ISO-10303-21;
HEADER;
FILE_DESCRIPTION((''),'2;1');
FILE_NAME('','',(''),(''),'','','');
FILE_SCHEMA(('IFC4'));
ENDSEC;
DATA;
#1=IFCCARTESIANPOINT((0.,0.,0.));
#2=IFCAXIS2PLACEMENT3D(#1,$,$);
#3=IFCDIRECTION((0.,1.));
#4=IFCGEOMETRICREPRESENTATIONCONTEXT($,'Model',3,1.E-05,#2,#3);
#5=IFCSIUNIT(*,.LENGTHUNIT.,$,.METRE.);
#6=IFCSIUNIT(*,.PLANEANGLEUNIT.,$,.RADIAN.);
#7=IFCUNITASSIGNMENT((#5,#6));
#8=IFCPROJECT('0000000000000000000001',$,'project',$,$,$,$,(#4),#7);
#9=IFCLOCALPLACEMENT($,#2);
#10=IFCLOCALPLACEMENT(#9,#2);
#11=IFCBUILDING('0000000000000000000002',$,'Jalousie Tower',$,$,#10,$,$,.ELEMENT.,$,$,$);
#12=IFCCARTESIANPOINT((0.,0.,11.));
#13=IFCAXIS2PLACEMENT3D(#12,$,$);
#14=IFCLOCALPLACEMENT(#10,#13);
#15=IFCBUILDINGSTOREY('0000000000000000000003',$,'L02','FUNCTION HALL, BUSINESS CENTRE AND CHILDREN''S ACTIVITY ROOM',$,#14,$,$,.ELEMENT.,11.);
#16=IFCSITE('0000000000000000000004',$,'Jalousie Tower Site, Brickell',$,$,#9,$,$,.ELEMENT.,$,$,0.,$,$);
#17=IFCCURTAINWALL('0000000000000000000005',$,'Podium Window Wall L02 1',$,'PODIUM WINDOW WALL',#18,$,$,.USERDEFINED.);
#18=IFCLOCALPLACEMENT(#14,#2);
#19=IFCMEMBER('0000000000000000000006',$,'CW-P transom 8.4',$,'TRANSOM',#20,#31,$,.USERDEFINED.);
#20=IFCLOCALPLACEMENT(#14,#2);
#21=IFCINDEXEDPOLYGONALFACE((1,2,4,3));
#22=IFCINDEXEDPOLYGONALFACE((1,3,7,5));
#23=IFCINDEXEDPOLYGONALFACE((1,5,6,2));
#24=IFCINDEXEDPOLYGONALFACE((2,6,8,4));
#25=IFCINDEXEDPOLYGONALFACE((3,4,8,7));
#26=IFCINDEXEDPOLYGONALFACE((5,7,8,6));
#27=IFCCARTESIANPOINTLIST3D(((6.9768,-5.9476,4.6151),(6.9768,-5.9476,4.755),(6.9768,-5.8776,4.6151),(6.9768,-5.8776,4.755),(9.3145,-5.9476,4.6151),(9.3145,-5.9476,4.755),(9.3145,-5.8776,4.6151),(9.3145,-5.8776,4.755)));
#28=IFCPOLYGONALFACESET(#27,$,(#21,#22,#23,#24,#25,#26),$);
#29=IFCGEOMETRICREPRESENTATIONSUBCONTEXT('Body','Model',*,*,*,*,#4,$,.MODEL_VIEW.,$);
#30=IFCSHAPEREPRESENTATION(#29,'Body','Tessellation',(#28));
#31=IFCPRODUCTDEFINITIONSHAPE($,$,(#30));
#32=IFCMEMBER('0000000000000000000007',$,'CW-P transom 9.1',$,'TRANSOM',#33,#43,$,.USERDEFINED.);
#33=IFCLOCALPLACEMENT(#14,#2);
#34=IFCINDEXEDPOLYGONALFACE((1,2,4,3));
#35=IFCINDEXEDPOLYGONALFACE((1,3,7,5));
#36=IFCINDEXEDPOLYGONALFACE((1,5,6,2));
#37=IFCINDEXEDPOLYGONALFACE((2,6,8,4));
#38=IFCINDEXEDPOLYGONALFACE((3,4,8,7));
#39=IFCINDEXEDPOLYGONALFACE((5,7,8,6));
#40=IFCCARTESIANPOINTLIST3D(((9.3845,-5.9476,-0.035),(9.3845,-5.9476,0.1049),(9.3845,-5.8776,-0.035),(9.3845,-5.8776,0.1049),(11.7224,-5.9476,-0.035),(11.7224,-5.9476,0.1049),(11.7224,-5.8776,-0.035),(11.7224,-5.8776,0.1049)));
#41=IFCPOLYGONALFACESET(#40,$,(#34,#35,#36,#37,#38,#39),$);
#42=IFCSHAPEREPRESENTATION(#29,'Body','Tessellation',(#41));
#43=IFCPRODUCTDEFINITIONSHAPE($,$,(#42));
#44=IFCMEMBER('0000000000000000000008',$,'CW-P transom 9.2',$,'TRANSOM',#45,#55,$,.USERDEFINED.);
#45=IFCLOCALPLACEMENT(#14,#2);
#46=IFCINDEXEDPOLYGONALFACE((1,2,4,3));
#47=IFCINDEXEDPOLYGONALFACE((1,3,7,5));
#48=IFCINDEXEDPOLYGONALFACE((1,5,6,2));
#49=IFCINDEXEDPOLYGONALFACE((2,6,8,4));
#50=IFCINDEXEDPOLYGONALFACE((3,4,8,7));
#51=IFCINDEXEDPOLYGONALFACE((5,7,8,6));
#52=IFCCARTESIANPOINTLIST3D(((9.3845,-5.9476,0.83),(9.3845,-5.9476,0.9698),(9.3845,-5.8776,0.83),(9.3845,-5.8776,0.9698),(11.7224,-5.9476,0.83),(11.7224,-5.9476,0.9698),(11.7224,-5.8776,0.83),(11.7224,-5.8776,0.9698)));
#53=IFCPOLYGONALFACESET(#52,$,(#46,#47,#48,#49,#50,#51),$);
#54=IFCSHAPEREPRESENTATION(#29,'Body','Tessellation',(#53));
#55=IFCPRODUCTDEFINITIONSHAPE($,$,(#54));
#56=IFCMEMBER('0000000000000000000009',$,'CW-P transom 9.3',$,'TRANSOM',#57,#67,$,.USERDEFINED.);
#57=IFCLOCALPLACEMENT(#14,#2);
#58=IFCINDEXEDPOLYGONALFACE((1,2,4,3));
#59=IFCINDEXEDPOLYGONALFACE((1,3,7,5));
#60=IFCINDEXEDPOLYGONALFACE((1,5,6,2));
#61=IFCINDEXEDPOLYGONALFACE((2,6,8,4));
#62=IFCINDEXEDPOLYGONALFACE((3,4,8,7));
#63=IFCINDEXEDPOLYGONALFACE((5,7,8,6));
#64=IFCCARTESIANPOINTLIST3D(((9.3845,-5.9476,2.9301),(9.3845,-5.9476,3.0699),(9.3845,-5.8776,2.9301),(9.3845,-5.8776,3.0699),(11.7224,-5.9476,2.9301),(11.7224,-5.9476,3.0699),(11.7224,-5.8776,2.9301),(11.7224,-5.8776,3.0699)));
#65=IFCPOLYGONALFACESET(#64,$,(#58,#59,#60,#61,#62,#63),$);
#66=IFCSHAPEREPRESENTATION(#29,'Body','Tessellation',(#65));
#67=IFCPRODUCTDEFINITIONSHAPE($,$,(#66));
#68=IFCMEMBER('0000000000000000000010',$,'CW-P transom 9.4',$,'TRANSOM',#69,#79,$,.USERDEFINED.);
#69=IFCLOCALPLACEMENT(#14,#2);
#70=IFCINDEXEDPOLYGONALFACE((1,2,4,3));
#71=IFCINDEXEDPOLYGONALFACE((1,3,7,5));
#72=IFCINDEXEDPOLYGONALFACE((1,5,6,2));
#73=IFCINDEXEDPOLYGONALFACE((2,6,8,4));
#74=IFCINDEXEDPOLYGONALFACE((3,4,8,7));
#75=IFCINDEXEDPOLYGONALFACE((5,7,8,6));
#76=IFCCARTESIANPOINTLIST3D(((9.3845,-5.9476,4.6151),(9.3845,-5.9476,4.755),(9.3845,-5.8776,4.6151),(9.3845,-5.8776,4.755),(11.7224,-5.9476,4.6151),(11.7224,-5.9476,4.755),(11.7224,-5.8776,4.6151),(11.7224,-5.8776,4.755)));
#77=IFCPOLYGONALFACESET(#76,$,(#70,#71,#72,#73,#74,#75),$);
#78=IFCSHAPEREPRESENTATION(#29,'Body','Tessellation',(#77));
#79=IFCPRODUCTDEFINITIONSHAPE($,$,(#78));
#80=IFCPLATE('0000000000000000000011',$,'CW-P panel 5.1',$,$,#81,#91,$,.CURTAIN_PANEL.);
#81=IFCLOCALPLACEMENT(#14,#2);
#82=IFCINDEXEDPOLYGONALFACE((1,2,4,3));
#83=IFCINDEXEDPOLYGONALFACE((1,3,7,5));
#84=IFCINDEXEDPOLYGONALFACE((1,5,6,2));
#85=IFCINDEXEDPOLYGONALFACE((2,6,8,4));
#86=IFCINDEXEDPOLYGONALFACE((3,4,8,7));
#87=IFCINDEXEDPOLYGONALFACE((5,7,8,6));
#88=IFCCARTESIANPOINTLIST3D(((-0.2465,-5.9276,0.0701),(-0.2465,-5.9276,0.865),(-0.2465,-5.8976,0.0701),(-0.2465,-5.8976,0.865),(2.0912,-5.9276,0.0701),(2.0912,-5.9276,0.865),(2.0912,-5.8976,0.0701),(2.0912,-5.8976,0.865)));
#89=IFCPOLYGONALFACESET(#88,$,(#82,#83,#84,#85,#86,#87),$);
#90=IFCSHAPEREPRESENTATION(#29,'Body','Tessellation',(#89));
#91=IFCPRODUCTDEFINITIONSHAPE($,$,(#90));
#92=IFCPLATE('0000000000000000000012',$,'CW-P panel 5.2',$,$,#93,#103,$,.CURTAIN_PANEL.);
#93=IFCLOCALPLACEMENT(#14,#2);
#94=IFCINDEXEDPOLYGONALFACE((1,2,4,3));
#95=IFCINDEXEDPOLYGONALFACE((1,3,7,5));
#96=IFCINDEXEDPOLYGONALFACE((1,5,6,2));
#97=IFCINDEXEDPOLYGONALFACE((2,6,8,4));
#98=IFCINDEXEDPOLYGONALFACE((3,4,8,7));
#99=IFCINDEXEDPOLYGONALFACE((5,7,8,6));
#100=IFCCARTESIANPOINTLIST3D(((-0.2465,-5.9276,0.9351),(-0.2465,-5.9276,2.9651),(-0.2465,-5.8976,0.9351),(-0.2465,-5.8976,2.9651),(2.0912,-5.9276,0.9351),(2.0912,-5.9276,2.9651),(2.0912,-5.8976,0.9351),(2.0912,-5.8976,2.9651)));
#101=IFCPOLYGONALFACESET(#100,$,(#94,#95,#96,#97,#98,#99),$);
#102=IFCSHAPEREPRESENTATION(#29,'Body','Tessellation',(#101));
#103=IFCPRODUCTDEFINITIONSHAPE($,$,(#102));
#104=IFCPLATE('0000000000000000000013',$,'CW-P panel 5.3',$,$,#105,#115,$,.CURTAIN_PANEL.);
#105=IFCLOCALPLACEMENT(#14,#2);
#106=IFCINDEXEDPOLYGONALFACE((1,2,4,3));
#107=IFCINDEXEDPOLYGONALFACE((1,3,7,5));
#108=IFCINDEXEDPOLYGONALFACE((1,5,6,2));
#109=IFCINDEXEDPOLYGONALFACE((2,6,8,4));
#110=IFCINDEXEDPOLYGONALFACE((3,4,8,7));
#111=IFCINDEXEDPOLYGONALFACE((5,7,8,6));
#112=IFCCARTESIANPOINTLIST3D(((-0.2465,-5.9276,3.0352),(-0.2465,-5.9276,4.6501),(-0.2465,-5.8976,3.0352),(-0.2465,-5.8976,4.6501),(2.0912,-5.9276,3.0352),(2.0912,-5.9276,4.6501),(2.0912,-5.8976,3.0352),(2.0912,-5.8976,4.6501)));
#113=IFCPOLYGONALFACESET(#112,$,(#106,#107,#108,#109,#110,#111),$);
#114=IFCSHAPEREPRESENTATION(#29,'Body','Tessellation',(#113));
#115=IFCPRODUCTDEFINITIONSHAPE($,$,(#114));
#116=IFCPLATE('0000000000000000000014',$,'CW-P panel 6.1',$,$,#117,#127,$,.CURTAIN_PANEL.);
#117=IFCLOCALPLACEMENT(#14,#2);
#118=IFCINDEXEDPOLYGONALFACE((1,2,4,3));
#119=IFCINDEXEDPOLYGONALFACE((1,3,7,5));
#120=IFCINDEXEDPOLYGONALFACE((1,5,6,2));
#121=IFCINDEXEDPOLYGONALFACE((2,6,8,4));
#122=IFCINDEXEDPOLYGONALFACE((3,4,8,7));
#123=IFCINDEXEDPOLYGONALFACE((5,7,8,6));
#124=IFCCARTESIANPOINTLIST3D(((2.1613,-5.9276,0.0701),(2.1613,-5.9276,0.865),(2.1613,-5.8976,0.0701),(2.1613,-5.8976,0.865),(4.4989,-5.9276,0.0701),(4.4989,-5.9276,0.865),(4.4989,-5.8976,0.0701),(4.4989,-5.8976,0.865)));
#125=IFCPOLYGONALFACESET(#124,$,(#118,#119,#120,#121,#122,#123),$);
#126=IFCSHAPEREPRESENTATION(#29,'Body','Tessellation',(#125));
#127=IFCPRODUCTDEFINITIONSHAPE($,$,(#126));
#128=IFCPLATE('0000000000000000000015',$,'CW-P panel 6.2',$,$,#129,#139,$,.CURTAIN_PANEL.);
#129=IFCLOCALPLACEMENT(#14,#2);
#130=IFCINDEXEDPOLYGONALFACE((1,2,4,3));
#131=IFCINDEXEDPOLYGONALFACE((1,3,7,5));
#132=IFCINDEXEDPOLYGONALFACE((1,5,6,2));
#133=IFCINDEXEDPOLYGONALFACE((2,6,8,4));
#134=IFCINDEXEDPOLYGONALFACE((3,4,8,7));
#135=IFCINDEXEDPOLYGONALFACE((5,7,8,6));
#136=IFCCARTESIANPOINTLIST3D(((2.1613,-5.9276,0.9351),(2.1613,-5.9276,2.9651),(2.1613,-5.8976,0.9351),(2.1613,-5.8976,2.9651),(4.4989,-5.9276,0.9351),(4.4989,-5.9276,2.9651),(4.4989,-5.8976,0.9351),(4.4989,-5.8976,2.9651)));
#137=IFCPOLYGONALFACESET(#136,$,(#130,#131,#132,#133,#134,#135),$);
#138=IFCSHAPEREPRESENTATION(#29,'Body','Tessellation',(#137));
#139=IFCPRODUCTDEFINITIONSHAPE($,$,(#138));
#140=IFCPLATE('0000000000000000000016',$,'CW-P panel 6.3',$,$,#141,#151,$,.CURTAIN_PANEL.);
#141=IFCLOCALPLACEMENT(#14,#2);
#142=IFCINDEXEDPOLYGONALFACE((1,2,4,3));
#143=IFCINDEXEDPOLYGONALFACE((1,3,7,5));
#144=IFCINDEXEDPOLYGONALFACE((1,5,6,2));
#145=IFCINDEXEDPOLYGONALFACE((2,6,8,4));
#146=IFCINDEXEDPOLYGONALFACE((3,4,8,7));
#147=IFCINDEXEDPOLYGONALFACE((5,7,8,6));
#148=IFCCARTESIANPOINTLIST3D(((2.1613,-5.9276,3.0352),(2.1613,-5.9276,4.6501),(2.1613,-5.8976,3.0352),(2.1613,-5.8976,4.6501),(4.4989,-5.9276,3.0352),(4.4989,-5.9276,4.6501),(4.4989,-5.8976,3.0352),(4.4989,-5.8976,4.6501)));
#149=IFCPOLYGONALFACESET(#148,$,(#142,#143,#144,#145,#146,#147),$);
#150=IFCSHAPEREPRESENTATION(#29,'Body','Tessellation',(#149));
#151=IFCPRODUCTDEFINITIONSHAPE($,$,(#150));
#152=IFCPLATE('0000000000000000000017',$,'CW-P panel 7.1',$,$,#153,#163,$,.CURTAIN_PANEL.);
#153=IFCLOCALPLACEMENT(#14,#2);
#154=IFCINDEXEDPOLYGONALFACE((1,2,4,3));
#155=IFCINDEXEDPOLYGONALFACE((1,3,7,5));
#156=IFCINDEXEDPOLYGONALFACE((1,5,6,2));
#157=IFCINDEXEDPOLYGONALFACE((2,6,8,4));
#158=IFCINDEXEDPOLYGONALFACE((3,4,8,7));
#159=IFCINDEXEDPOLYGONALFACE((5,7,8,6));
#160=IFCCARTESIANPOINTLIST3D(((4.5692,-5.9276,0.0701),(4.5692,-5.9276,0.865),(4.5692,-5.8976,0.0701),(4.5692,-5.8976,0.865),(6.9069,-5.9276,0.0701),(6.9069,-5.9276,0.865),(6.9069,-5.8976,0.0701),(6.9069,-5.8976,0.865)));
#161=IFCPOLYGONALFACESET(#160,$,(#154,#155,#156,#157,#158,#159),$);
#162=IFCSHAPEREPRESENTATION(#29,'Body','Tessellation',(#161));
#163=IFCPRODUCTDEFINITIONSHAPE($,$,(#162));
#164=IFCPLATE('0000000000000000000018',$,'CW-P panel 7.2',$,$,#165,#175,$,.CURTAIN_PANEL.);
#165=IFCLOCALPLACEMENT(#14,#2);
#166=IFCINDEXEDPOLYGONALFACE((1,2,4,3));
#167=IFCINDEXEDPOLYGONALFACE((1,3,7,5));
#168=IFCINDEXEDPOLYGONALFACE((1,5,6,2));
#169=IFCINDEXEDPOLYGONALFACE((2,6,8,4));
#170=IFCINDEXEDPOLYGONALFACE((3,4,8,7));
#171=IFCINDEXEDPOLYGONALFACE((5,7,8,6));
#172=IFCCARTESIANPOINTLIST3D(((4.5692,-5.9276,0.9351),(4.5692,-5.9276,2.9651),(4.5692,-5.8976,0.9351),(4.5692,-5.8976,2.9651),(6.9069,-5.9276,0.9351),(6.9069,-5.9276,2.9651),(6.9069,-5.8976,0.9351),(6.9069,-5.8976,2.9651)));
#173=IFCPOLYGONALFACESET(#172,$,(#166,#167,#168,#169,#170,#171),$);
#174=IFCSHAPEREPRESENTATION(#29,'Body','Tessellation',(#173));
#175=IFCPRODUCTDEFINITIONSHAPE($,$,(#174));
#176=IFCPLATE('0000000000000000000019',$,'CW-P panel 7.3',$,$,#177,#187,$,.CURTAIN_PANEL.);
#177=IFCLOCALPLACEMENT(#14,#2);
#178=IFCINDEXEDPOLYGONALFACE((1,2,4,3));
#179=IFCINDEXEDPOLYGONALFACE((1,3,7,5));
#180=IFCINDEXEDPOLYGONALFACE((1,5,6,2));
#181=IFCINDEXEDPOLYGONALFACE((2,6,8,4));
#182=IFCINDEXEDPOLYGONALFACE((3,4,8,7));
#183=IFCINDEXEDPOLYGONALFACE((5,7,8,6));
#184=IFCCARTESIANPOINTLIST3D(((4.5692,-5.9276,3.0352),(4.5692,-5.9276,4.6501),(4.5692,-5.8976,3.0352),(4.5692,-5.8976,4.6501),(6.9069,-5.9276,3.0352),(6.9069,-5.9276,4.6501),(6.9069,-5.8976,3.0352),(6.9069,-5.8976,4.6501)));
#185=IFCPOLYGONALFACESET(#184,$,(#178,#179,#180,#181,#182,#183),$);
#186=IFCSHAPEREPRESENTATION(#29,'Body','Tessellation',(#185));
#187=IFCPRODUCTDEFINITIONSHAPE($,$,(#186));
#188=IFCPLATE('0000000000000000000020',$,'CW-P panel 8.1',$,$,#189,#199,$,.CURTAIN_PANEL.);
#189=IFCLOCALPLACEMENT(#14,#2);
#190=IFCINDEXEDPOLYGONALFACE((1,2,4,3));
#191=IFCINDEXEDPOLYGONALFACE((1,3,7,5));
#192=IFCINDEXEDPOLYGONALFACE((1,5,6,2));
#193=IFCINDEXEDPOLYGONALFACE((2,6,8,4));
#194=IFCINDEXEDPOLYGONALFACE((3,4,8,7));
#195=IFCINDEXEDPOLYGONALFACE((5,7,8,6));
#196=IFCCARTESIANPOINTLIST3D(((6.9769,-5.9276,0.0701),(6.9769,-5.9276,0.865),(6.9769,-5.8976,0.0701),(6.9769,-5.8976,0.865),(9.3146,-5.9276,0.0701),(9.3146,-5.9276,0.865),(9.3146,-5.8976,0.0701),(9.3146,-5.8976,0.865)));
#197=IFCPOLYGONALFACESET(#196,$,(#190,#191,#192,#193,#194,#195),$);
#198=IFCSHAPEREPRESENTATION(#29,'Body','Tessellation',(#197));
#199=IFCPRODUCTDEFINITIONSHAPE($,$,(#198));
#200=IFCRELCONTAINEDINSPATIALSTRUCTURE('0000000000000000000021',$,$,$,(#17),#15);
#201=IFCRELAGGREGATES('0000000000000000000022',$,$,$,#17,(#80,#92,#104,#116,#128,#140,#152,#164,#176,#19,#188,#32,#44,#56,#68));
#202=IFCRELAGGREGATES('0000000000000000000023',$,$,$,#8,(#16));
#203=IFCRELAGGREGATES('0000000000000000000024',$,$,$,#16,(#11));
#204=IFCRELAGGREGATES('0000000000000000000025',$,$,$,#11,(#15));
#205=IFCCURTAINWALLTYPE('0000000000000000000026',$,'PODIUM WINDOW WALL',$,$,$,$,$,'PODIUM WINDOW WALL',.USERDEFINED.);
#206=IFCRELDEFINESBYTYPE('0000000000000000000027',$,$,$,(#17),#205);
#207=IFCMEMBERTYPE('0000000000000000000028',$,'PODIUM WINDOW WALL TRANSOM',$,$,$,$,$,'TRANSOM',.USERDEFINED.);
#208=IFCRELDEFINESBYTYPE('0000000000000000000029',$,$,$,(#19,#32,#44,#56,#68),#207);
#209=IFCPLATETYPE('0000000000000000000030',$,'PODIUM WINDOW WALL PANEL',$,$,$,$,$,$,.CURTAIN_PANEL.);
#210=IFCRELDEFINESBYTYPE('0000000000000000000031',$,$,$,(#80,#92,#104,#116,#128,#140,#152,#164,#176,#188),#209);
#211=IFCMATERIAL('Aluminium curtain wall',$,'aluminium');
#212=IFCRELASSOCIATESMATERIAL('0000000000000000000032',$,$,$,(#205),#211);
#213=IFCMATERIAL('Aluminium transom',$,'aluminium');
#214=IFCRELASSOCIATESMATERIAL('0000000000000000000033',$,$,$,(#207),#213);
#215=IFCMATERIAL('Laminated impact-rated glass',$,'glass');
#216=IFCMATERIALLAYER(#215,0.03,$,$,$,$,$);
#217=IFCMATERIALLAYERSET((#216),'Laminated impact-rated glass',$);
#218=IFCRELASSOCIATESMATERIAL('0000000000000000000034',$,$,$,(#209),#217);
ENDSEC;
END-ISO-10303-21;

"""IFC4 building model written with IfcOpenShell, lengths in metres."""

from ifc_helpers import new_model, si_unit, direction, frame, origin, origin_2d, place, context, subcontext, project, spatial, rectangle, extrude, material, layer, layer_set, material_profile, profile_set, type_object, element, aggregate, save


model = new_model("IFC4")

# Units and contexts
model_context = context("Model", 3, precision=1e-05, world=origin(), true_north=direction((0.0, 1.0)))
body_context = subcontext(model_context, "Body", "Model", "MODEL_VIEW")
ifc_project = project(units=[si_unit("LENGTHUNIT", "METRE"), si_unit("PLANEANGLEUNIT", "RADIAN")], contexts=[model_context])

# Site, building, storey
site_placement = place(None, origin())
site = spatial("IfcSite", under=ifc_project, at=site_placement, Name="Jalousie Tower Site, Brickell", CompositionType="ELEMENT", RefElevation=0.0)
building_placement = place(site_placement, origin())
building = spatial("IfcBuilding", under=site, at=building_placement, Name="Jalousie Tower", CompositionType="ELEMENT")
storey_placement = place(building_placement, frame((0.0, 0.0, 11.0)))
storey = spatial("IfcBuildingStorey", under=building, at=storey_placement, Name="L02", Description="FUNCTION HALL, BUSINESS CENTRE AND CHILDREN'S ACTIVITY ROOM", CompositionType="ELEMENT", Elevation=11.0)

# Curtain wall, members, plates
ifc_material_1 = material(Name="Aluminium curtain wall", Category="aluminium")
curtain_wall_type = type_object("IfcCurtainWallType", Name="PODIUM WINDOW WALL", ElementType="PODIUM WINDOW WALL", PredefinedType="USERDEFINED", material=ifc_material_1)
curtain_wall_placement = place(storey_placement, origin())
curtain_wall = element("IfcCurtainWall", 1, at=curtain_wall_placement, inside=storey, type_object=curtain_wall_type, Name="Podium Window Wall L02 1", ObjectType="PODIUM WINDOW WALL", PredefinedType="USERDEFINED")
ifc_material_2 = material(Name="Aluminium transom", Category="aluminium")
ifc_material_profile_1 = material_profile(ifc_material_2, rectangle(XDim=0.0701, YDim=0.1399, at=origin_2d()), Name="TRANSOM 70x140")
ifc_profile_set_1 = profile_set([ifc_material_profile_1], Name="Aluminium transom")
member_type_1 = type_object("IfcMemberType", Name="PODIUM WINDOW WALL TRANSOM", ElementType="TRANSOM", PredefinedType="USERDEFINED", material=ifc_profile_set_1)
member_1_placement = place(storey_placement, frame((6.9768, -5.9126, 4.6851), z_axis=(1.0, 0.0, 0.0), x_axis=(0.0, 1.0, 0.0)))
member_1 = element("IfcMember", 2, at=member_1_placement, type_object=member_type_1, Name="CW-P transom 8.4", ObjectType="TRANSOM", PredefinedType="USERDEFINED", context=body_context, shape_type="SweptSolid", body=[
    extrude(rectangle(XDim=0.0701, YDim=0.1399, at=origin_2d()), origin(), (0.0, 0.0, 1.0), 2.3376),
])
member_2_placement = place(storey_placement, frame((9.3845, -5.9126, 0.0349), z_axis=(1.0, 0.0, 0.0), x_axis=(0.0, 1.0, 0.0)))
member_2 = element("IfcMember", 3, at=member_2_placement, type_object=member_type_1, Name="CW-P transom 9.1", ObjectType="TRANSOM", PredefinedType="USERDEFINED", context=body_context, shape_type="SweptSolid", body=[
    extrude(rectangle(XDim=0.0701, YDim=0.1399, at=origin_2d()), origin(), (0.0, 0.0, 1.0), 2.3379),
])
member_3_placement = place(storey_placement, frame((9.3845, -5.9126, 0.8999), z_axis=(1.0, 0.0, 0.0), x_axis=(0.0, 1.0, 0.0)))
member_3 = element("IfcMember", 4, at=member_3_placement, type_object=member_type_1, Name="CW-P transom 9.2", ObjectType="TRANSOM", PredefinedType="USERDEFINED", context=body_context, shape_type="SweptSolid", body=[
    extrude(rectangle(XDim=0.0701, YDim=0.1399, at=origin_2d()), origin(), (0.0, 0.0, 1.0), 2.3379),
])
member_4_placement = place(storey_placement, frame((9.3845, -5.9126, 3.0), z_axis=(1.0, 0.0, 0.0), x_axis=(0.0, 1.0, 0.0)))
member_4 = element("IfcMember", 5, at=member_4_placement, type_object=member_type_1, Name="CW-P transom 9.3", ObjectType="TRANSOM", PredefinedType="USERDEFINED", context=body_context, shape_type="SweptSolid", body=[
    extrude(rectangle(XDim=0.0701, YDim=0.1399, at=origin_2d()), origin(), (0.0, 0.0, 1.0), 2.3379),
])
member_5_placement = place(storey_placement, frame((9.3845, -5.9126, 4.6851), z_axis=(1.0, 0.0, 0.0), x_axis=(0.0, 1.0, 0.0)))
member_5 = element("IfcMember", 6, at=member_5_placement, type_object=member_type_1, Name="CW-P transom 9.4", ObjectType="TRANSOM", PredefinedType="USERDEFINED", context=body_context, shape_type="SweptSolid", body=[
    extrude(rectangle(XDim=0.0701, YDim=0.1399, at=origin_2d()), origin(), (0.0, 0.0, 1.0), 2.3379),
])
ifc_material_3 = material(Name="Laminated impact-rated glass", Category="glass")
ifc_layer = layer(ifc_material_3, 0.03)
ifc_layer_set = layer_set([ifc_layer], Name="Laminated impact-rated glass")
plate_type = type_object("IfcPlateType", Name="PODIUM WINDOW WALL PANEL", PredefinedType="CURTAIN_PANEL", material=ifc_layer_set)
plate_1_placement = place(storey_placement, frame((0.9224, -5.9126, 0.0701), z_axis=(0.0, 0.0, 1.0), x_axis=(1.0, 0.0, 0.0)))
plate_1 = element("IfcPlate", 7, at=plate_1_placement, type_object=plate_type, Name="CW-P panel 5.1", PredefinedType="CURTAIN_PANEL", context=body_context, shape_type="SweptSolid", body=[
    extrude(rectangle(XDim=2.3376, YDim=0.03, at=origin_2d()), origin(), (0.0, 0.0, 1.0), 0.7949),
])
plate_2_placement = place(storey_placement, frame((0.9224, -5.9126, 0.9351), z_axis=(0.0, 0.0, 1.0), x_axis=(1.0, 0.0, 0.0)))
plate_2 = element("IfcPlate", 8, at=plate_2_placement, type_object=plate_type, Name="CW-P panel 5.2", PredefinedType="CURTAIN_PANEL", context=body_context, shape_type="SweptSolid", body=[
    extrude(rectangle(XDim=2.3376, YDim=0.03, at=origin_2d()), origin(), (0.0, 0.0, 1.0), 2.03),
])
plate_3_placement = place(storey_placement, frame((0.9224, -5.9126, 3.0352), z_axis=(0.0, 0.0, 1.0), x_axis=(1.0, 0.0, 0.0)))
plate_3 = element("IfcPlate", 9, at=plate_3_placement, type_object=plate_type, Name="CW-P panel 5.3", PredefinedType="CURTAIN_PANEL", context=body_context, shape_type="SweptSolid", body=[
    extrude(rectangle(XDim=2.3376, YDim=0.03, at=origin_2d()), origin(), (0.0, 0.0, 1.0), 1.615),
])
plate_4_placement = place(storey_placement, frame((3.3301, -5.9126, 0.0701), z_axis=(0.0, 0.0, 1.0), x_axis=(1.0, 0.0, 0.0)))
plate_4 = element("IfcPlate", 10, at=plate_4_placement, type_object=plate_type, Name="CW-P panel 6.1", PredefinedType="CURTAIN_PANEL", context=body_context, shape_type="SweptSolid", body=[
    extrude(rectangle(XDim=2.3376, YDim=0.03, at=origin_2d()), origin(), (0.0, 0.0, 1.0), 0.7949),
])
plate_5_placement = place(storey_placement, frame((3.3301, -5.9126, 0.9351), z_axis=(0.0, 0.0, 1.0), x_axis=(1.0, 0.0, 0.0)))
plate_5 = element("IfcPlate", 11, at=plate_5_placement, type_object=plate_type, Name="CW-P panel 6.2", PredefinedType="CURTAIN_PANEL", context=body_context, shape_type="SweptSolid", body=[
    extrude(rectangle(XDim=2.3376, YDim=0.03, at=origin_2d()), origin(), (0.0, 0.0, 1.0), 2.03),
])
plate_6_placement = place(storey_placement, frame((3.3301, -5.9126, 3.0352), z_axis=(0.0, 0.0, 1.0), x_axis=(1.0, 0.0, 0.0)))
plate_6 = element("IfcPlate", 12, at=plate_6_placement, type_object=plate_type, Name="CW-P panel 6.3", PredefinedType="CURTAIN_PANEL", context=body_context, shape_type="SweptSolid", body=[
    extrude(rectangle(XDim=2.3376, YDim=0.03, at=origin_2d()), origin(), (0.0, 0.0, 1.0), 1.615),
])
plate_7_placement = place(storey_placement, frame((5.738, -5.9126, 0.0701), z_axis=(0.0, 0.0, 1.0), x_axis=(1.0, 0.0, 0.0)))
plate_7 = element("IfcPlate", 13, at=plate_7_placement, type_object=plate_type, Name="CW-P panel 7.1", PredefinedType="CURTAIN_PANEL", context=body_context, shape_type="SweptSolid", body=[
    extrude(rectangle(XDim=2.3376, YDim=0.03, at=origin_2d()), origin(), (0.0, 0.0, 1.0), 0.7949),
])
plate_8_placement = place(storey_placement, frame((5.738, -5.9126, 0.9351), z_axis=(0.0, 0.0, 1.0), x_axis=(1.0, 0.0, 0.0)))
plate_8 = element("IfcPlate", 14, at=plate_8_placement, type_object=plate_type, Name="CW-P panel 7.2", PredefinedType="CURTAIN_PANEL", context=body_context, shape_type="SweptSolid", body=[
    extrude(rectangle(XDim=2.3376, YDim=0.03, at=origin_2d()), origin(), (0.0, 0.0, 1.0), 2.03),
])
plate_9_placement = place(storey_placement, frame((5.738, -5.9126, 3.0352), z_axis=(0.0, 0.0, 1.0), x_axis=(1.0, 0.0, 0.0)))
plate_9 = element("IfcPlate", 15, at=plate_9_placement, type_object=plate_type, Name="CW-P panel 7.3", PredefinedType="CURTAIN_PANEL", context=body_context, shape_type="SweptSolid", body=[
    extrude(rectangle(XDim=2.3376, YDim=0.03, at=origin_2d()), origin(), (0.0, 0.0, 1.0), 1.615),
])
plate_10_placement = place(storey_placement, frame((8.1458, -5.9126, 0.0701), z_axis=(0.0, 0.0, 1.0), x_axis=(1.0, 0.0, 0.0)))
plate_10 = element("IfcPlate", 16, at=plate_10_placement, type_object=plate_type, Name="CW-P panel 8.1", PredefinedType="CURTAIN_PANEL", context=body_context, shape_type="SweptSolid", body=[
    extrude(rectangle(XDim=2.3376, YDim=0.03, at=origin_2d()), origin(), (0.0, 0.0, 1.0), 0.7949),
])
aggregate(curtain_wall, [plate_1, plate_2, plate_3, plate_4, plate_5, plate_6, plate_7, plate_8, plate_9, member_1, plate_10, member_2, member_3, member_4, member_5])

save(model, "model.ifc")
